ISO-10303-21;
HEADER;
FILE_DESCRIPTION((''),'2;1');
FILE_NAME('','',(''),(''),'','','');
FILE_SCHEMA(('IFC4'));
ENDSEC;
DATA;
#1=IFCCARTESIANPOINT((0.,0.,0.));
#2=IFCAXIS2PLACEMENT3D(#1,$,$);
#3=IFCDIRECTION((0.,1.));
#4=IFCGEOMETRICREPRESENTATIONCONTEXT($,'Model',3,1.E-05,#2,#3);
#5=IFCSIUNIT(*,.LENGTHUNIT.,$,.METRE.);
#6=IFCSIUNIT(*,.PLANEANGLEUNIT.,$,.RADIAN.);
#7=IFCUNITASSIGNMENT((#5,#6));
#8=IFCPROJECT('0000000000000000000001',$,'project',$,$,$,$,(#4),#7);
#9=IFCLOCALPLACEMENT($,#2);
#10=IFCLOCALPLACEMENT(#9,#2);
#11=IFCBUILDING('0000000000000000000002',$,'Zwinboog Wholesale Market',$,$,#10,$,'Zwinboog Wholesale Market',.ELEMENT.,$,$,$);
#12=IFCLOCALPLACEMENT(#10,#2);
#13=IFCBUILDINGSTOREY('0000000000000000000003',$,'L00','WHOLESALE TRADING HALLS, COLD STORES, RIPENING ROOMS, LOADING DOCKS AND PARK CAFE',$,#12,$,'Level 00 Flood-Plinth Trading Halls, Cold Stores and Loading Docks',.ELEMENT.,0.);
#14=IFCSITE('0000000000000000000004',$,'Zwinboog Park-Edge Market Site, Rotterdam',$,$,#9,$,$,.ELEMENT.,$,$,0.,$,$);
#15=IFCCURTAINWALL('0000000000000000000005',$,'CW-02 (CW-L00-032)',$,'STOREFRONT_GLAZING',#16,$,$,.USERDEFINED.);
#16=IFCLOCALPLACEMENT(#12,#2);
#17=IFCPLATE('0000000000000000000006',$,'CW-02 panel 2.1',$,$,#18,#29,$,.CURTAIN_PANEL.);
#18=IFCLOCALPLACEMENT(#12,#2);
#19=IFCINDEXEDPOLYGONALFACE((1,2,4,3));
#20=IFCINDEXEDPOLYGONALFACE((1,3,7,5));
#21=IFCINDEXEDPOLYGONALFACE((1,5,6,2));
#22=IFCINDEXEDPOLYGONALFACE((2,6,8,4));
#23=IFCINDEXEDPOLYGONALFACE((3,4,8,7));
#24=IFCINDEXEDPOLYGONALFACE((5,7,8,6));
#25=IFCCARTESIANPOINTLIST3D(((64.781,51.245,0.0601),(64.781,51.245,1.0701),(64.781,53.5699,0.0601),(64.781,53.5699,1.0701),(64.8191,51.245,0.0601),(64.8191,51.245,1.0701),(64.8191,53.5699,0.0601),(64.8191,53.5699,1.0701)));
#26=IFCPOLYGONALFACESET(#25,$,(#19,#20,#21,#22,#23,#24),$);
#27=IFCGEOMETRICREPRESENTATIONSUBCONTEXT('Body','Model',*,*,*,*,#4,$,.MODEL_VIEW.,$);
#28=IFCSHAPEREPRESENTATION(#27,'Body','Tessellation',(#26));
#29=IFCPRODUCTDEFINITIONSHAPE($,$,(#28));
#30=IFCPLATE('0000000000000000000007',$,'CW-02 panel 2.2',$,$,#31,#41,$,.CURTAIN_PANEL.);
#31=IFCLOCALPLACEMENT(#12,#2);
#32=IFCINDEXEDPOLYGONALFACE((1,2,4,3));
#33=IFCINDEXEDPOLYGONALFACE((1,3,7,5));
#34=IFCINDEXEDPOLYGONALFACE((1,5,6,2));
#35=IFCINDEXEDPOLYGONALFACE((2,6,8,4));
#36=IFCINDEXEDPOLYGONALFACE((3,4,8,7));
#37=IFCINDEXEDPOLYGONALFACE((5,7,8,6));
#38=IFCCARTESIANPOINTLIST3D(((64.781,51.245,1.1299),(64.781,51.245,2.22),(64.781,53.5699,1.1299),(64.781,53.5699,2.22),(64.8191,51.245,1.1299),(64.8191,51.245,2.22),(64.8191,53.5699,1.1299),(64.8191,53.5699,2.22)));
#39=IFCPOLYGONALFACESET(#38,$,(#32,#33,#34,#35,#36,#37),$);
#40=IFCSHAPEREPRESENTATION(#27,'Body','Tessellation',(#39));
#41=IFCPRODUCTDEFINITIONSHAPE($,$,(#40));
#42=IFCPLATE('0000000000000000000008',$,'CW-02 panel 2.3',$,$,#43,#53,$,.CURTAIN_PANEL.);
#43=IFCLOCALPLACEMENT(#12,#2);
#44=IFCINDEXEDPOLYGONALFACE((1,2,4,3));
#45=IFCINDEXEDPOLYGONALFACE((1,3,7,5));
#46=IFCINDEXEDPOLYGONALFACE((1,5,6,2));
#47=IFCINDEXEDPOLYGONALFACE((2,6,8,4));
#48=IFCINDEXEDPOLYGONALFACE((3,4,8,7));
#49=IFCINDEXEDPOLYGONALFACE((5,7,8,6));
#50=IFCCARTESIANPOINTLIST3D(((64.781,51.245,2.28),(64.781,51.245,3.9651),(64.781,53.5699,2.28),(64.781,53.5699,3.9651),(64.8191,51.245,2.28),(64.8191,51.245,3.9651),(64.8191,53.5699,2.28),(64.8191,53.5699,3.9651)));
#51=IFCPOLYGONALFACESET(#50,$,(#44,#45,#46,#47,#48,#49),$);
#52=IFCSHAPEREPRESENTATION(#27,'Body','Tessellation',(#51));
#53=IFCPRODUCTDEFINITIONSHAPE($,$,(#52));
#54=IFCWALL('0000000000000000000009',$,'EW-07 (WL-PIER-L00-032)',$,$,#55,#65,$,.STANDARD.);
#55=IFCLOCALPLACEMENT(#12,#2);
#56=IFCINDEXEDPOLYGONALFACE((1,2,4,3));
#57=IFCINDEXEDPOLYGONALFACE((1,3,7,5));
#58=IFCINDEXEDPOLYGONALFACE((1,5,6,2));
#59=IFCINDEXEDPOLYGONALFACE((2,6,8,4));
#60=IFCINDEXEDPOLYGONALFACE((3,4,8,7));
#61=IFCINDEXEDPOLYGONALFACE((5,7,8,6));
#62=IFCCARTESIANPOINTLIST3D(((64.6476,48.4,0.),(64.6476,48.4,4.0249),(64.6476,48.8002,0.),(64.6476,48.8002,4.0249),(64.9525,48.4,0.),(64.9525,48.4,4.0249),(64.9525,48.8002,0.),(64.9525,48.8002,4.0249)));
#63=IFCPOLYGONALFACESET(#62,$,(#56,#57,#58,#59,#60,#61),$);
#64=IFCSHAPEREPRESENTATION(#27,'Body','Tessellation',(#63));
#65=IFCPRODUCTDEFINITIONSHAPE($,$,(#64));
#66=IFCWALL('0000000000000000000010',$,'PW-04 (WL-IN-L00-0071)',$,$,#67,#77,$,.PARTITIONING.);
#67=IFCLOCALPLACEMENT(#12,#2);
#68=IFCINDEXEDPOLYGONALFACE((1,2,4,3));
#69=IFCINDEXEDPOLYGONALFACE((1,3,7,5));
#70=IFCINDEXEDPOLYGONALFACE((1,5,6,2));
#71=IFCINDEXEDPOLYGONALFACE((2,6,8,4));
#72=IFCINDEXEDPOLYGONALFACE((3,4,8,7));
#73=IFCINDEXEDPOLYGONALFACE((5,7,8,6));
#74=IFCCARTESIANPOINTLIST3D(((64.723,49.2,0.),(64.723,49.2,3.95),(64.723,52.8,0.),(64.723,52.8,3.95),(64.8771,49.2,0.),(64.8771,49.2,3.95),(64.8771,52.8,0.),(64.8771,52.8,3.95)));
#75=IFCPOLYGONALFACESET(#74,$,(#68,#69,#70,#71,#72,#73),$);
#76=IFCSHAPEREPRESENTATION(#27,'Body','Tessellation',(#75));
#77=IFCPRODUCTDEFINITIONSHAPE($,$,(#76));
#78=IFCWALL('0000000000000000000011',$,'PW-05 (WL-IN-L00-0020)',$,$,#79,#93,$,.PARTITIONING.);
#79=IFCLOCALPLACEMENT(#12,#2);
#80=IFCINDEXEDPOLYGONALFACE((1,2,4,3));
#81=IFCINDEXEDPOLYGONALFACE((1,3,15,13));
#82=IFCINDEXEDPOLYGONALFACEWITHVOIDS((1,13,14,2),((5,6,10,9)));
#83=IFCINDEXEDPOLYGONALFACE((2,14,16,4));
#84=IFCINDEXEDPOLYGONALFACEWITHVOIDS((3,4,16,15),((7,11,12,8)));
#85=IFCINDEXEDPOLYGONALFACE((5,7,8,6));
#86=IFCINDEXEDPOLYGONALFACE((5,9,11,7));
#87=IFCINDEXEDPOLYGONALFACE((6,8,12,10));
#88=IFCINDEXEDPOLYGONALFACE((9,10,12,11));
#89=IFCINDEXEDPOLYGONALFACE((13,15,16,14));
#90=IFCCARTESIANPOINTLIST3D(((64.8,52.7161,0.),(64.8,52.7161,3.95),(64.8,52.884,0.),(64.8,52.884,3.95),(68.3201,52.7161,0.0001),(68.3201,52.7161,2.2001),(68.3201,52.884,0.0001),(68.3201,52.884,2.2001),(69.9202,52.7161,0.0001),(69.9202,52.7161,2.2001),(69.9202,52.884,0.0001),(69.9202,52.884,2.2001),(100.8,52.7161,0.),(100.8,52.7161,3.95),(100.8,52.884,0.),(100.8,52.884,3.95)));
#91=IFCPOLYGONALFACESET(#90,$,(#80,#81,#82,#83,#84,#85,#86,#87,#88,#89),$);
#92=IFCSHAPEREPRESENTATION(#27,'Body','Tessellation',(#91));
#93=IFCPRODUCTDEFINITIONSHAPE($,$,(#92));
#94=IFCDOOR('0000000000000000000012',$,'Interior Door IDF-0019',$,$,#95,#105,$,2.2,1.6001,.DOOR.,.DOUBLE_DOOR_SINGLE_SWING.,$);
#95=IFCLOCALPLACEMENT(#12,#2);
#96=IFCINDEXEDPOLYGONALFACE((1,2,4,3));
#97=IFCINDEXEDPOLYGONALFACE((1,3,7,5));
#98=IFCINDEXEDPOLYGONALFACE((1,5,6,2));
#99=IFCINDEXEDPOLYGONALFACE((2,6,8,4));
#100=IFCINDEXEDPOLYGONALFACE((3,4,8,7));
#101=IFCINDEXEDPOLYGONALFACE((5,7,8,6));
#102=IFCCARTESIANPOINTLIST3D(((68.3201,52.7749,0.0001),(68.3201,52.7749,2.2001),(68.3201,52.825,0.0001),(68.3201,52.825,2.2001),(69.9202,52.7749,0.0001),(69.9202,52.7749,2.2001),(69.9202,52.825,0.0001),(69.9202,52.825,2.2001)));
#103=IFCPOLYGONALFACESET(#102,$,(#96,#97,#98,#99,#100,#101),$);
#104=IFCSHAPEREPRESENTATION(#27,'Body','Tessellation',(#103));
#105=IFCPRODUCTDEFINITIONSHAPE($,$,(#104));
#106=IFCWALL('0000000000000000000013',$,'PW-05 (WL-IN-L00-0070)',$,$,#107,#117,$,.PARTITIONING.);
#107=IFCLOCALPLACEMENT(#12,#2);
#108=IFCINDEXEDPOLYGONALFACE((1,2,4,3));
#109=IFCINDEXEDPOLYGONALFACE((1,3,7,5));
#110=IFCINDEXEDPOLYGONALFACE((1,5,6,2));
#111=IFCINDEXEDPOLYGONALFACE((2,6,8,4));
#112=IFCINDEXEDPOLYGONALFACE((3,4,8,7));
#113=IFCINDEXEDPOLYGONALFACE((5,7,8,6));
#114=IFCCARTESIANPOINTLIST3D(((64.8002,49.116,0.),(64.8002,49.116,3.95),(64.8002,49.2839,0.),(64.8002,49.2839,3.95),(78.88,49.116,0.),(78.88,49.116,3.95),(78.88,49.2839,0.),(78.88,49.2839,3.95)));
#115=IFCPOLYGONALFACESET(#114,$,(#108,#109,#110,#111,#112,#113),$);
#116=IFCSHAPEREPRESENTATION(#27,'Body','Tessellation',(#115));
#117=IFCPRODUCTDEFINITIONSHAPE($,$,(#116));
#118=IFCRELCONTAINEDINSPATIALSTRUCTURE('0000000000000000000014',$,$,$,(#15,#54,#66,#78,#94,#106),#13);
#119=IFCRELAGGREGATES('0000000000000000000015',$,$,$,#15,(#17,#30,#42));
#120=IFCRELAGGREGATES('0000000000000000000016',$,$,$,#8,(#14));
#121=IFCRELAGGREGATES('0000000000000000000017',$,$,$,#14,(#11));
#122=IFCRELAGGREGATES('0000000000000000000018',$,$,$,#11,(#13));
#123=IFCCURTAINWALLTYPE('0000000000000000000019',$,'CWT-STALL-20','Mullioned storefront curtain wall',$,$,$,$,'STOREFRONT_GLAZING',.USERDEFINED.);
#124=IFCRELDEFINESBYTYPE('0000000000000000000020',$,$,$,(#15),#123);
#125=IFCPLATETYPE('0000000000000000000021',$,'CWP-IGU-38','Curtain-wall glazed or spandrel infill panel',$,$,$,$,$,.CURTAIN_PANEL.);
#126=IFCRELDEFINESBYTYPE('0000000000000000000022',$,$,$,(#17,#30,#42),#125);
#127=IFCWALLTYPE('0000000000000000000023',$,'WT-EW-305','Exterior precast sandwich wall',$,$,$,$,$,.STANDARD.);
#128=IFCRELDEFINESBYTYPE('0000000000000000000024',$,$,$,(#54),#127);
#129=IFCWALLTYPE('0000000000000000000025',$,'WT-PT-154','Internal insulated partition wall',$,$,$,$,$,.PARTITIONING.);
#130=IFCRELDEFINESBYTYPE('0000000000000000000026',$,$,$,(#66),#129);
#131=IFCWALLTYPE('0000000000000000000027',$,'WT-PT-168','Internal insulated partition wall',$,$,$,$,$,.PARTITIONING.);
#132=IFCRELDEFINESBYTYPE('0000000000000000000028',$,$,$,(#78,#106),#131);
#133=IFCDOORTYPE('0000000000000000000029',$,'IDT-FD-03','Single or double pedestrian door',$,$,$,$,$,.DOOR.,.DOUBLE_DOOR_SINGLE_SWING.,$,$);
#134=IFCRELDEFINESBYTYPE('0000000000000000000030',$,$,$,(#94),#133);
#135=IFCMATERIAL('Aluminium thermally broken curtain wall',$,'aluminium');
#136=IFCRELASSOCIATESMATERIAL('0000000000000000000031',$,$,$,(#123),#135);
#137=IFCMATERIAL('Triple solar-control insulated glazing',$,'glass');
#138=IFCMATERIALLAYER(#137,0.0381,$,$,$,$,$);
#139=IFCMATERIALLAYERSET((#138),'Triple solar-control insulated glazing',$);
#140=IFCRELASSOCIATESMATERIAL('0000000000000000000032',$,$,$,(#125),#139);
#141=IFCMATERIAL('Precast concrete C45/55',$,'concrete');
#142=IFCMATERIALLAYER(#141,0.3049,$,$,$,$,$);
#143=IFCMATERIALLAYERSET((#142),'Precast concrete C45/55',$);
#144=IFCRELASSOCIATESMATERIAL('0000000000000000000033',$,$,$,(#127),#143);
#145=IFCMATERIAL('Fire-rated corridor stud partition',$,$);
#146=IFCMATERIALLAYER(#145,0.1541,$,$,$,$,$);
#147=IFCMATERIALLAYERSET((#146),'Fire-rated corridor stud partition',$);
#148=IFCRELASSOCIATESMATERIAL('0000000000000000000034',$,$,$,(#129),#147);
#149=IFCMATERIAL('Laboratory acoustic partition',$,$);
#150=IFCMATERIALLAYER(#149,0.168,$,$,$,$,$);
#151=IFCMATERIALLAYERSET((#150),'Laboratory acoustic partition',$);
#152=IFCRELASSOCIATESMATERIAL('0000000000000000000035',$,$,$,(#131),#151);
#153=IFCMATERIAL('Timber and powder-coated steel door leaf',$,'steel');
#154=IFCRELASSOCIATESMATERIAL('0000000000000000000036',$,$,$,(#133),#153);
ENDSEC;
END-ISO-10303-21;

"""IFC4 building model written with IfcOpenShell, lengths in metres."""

from ifc_helpers import new_model, si_unit, direction, frame, frame_2d, origin, origin_2d, place, context, subcontext, project, spatial, rectangle, extrude, material, layer, layer_set, type_object, element, fill, aggregate, save


model = new_model("IFC4")

# Units and contexts
model_context = context("Model", 3, precision=1e-05, world=origin(), true_north=direction((0.0, 1.0)))
body_context = subcontext(model_context, "Body", "Model", "MODEL_VIEW")
ifc_project = project(units=[si_unit("LENGTHUNIT", "METRE"), si_unit("PLANEANGLEUNIT", "RADIAN")], contexts=[model_context])

# Site, building, storey
site_placement = place(None, origin())
site = spatial("IfcSite", under=ifc_project, at=site_placement, Name="Zwinboog Park-Edge Market Site, Rotterdam", CompositionType="ELEMENT", RefElevation=0.0)
building_placement = place(site_placement, origin())
building = spatial("IfcBuilding", under=site, at=building_placement, Name="Zwinboog Wholesale Market", LongName="Zwinboog Wholesale Market", CompositionType="ELEMENT")
storey_placement = place(building_placement, origin())
storey = spatial("IfcBuildingStorey", under=building, at=storey_placement, Name="L00", Description="WHOLESALE TRADING HALLS, COLD STORES, RIPENING ROOMS, LOADING DOCKS AND PARK CAFE", LongName="Level 00 Flood-Plinth Trading Halls, Cold Stores and Loading Docks", CompositionType="ELEMENT", Elevation=0.0)

# Shared definitions
ifc_material_1 = material(Name="Aluminium thermally broken curtain wall", Category="aluminium")

# Curtain wall, plates
curtain_wall_type_1 = type_object("IfcCurtainWallType", Name="CWT-STALL-20", Description="Mullioned storefront curtain wall", ElementType="STOREFRONT_GLAZING", PredefinedType="USERDEFINED", material=ifc_material_1)
curtain_wall_1_placement = place(storey_placement, origin())
curtain_wall_1 = element("IfcCurtainWall", 1, at=curtain_wall_1_placement, inside=storey, type_object=curtain_wall_type_1, Name="CW-02 (CW-L00-032)", ObjectType="STOREFRONT_GLAZING", PredefinedType="USERDEFINED")
ifc_material_2 = material(Name="Triple solar-control insulated glazing", Category="glass")
ifc_layer_1 = layer(ifc_material_2, 0.0381)
ifc_layer_set_1 = layer_set([ifc_layer_1], Name="Triple solar-control insulated glazing")
plate_type = type_object("IfcPlateType", Name="CWP-IGU-38", Description="Curtain-wall glazed or spandrel infill panel", PredefinedType="CURTAIN_PANEL", material=ifc_layer_set_1)
plate_1_placement = place(storey_placement, frame((64.8, 52.4075, 0.0601), z_axis=(0.0, 0.0, 1.0), x_axis=(0.0, 1.0, 0.0)))
plate_1 = element("IfcPlate", 2, at=plate_1_placement, type_object=plate_type, Name="CW-02 panel 2.1", PredefinedType="CURTAIN_PANEL", context=body_context, shape_type="SweptSolid", body=[
    extrude(rectangle(XDim=2.325, YDim=0.0381, at=origin_2d()), origin(), (0.0, 0.0, 1.0), 1.01),
])
plate_2_placement = place(storey_placement, frame((64.8, 52.4075, 1.1299), z_axis=(0.0, 0.0, 1.0), x_axis=(0.0, 1.0, 0.0)))
plate_2 = element("IfcPlate", 3, at=plate_2_placement, type_object=plate_type, Name="CW-02 panel 2.2", PredefinedType="CURTAIN_PANEL", context=body_context, shape_type="SweptSolid", body=[
    extrude(rectangle(XDim=2.325, YDim=0.0381, at=origin_2d()), origin(), (0.0, 0.0, 1.0), 1.0901),
])
plate_3_placement = place(storey_placement, frame((64.8, 52.4075, 2.28), z_axis=(0.0, 0.0, 1.0), x_axis=(0.0, 1.0, 0.0)))
plate_3 = element("IfcPlate", 4, at=plate_3_placement, type_object=plate_type, Name="CW-02 panel 2.3", PredefinedType="CURTAIN_PANEL", context=body_context, shape_type="SweptSolid", body=[
    extrude(rectangle(XDim=2.325, YDim=0.0381, at=origin_2d()), origin(), (0.0, 0.0, 1.0), 1.6851),
])
aggregate(curtain_wall_1, [plate_1, plate_2, plate_3])

# Walls
ifc_material_3 = material(Name="Precast concrete C45/55", Category="concrete")
ifc_layer_2 = layer(ifc_material_3, 0.3049)
ifc_layer_set_2 = layer_set([ifc_layer_2], Name="Precast concrete C45/55")
wall_type_1 = type_object("IfcWallType", Name="WT-EW-305", Description="Exterior precast sandwich wall", PredefinedType="STANDARD", material=ifc_layer_set_2)
wall_1_placement = place(storey_placement, frame((64.8, 48.3999, 0.0), z_axis=(0.0, 0.0, 1.0), x_axis=(0.0, 1.0, 0.0)))
element("IfcWall", 5, at=wall_1_placement, inside=storey, type_object=wall_type_1, Name="EW-07 (WL-PIER-L00-032)", PredefinedType="STANDARD", context=body_context, shape_type="SweptSolid", body=[
    extrude(rectangle(XDim=0.4001, YDim=0.3049, at=frame_2d((0.2002, 0.0))), origin(), (0.0, 0.0, 1.0), 4.0249),
])
ifc_material_4 = material(Name="Fire-rated corridor stud partition")
ifc_layer_3 = layer(ifc_material_4, 0.1541)
ifc_layer_set_3 = layer_set([ifc_layer_3], Name="Fire-rated corridor stud partition")
wall_type_2 = type_object("IfcWallType", Name="WT-PT-154", Description="Internal insulated partition wall", PredefinedType="PARTITIONING", material=ifc_layer_set_3)
wall_2_placement = place(storey_placement, frame((64.8, 49.2, 0.0), z_axis=(0.0, 0.0, 1.0), x_axis=(0.0, 1.0, 0.0)))
element("IfcWall", 6, at=wall_2_placement, inside=storey, type_object=wall_type_2, Name="PW-04 (WL-IN-L00-0071)", PredefinedType="PARTITIONING", context=body_context, shape_type="SweptSolid", body=[
    extrude(rectangle(XDim=3.6001, YDim=0.1541, at=frame_2d((1.8, 0.0))), origin(), (0.0, 0.0, 1.0), 3.95),
])

# Wall, opening, door
ifc_material_5 = material(Name="Laboratory acoustic partition")
ifc_layer_4 = layer(ifc_material_5, 0.168)
ifc_layer_set_4 = layer_set([ifc_layer_4], Name="Laboratory acoustic partition")
wall_type_3 = type_object("IfcWallType", Name="WT-PT-168", Description="Internal insulated partition wall", PredefinedType="PARTITIONING", material=ifc_layer_set_4)
wall_3_placement = place(storey_placement, frame((64.8, 52.8, 0.0), z_axis=(0.0, 0.0, 1.0), x_axis=(1.0, 0.0, 0.0)))
wall_3 = element("IfcWall", 7, at=wall_3_placement, inside=storey, type_object=wall_type_3, Name="PW-05 (WL-IN-L00-0020)", PredefinedType="PARTITIONING", context=body_context, shape_type="SweptSolid", body=[
    extrude(rectangle(XDim=36.0, YDim=0.168, at=frame_2d((18.0, 0.0))), origin(), (0.0, 0.0, 1.0), 3.95),
])
opening_placement = place(wall_3_placement, frame((3.52, 0.0, 0.0)))
opening = element("IfcOpeningElement", 8, at=opening_placement, cuts=wall_3, PredefinedType="OPENING", context=body_context, shape_type="SweptSolid", body=[
    extrude(rectangle(XDim=1.6001, YDim=2.2, at=frame_2d((0.8, 1.1001))), frame((0.0, 0.094, 0.0), z_axis=(0.0, -1.0, 0.0), x_axis=(1.0, 0.0, 0.0)), (0.0, 0.0, 1.0), 0.188),
])
ifc_material_6 = material(Name="Timber and powder-coated steel door leaf", Category="steel")
door_type = type_object("IfcDoorType", Name="IDT-FD-03", Description="Single or double pedestrian door", OperationType="DOUBLE_DOOR_SINGLE_SWING", PredefinedType="DOOR", material=ifc_material_6)
door_placement = place(opening_placement, origin())
door = element("IfcDoor", 9, at=door_placement, inside=storey, type_object=door_type, Name="Interior Door IDF-0019", OperationType="DOUBLE_DOOR_SINGLE_SWING", OverallHeight=2.2, OverallWidth=1.6001, PredefinedType="DOOR", context=body_context, shape_type="SweptSolid", body=[
    extrude(rectangle(XDim=1.6001, YDim=2.2, at=frame_2d((0.8, 1.1001))), frame((0.0, 0.0249, 0.0), z_axis=(0.0, -1.0, 0.0), x_axis=(1.0, 0.0, 0.0)), (0.0, 0.0, 1.0), 0.05),
])
fill(opening, door)

# Wall
wall_4_placement = place(storey_placement, frame((64.8, 49.2, 0.0), z_axis=(0.0, 0.0, 1.0), x_axis=(1.0, 0.0, 0.0)))
element("IfcWall", 10, at=wall_4_placement, inside=storey, type_object=wall_type_3, Name="PW-05 (WL-IN-L00-0070)", PredefinedType="PARTITIONING", context=body_context, shape_type="SweptSolid", body=[
    extrude(rectangle(XDim=14.0798, YDim=0.168, at=frame_2d((7.04, 0.0))), origin(), (0.0, 0.0, 1.0), 3.95),
])

save(model, "model.ifc")
